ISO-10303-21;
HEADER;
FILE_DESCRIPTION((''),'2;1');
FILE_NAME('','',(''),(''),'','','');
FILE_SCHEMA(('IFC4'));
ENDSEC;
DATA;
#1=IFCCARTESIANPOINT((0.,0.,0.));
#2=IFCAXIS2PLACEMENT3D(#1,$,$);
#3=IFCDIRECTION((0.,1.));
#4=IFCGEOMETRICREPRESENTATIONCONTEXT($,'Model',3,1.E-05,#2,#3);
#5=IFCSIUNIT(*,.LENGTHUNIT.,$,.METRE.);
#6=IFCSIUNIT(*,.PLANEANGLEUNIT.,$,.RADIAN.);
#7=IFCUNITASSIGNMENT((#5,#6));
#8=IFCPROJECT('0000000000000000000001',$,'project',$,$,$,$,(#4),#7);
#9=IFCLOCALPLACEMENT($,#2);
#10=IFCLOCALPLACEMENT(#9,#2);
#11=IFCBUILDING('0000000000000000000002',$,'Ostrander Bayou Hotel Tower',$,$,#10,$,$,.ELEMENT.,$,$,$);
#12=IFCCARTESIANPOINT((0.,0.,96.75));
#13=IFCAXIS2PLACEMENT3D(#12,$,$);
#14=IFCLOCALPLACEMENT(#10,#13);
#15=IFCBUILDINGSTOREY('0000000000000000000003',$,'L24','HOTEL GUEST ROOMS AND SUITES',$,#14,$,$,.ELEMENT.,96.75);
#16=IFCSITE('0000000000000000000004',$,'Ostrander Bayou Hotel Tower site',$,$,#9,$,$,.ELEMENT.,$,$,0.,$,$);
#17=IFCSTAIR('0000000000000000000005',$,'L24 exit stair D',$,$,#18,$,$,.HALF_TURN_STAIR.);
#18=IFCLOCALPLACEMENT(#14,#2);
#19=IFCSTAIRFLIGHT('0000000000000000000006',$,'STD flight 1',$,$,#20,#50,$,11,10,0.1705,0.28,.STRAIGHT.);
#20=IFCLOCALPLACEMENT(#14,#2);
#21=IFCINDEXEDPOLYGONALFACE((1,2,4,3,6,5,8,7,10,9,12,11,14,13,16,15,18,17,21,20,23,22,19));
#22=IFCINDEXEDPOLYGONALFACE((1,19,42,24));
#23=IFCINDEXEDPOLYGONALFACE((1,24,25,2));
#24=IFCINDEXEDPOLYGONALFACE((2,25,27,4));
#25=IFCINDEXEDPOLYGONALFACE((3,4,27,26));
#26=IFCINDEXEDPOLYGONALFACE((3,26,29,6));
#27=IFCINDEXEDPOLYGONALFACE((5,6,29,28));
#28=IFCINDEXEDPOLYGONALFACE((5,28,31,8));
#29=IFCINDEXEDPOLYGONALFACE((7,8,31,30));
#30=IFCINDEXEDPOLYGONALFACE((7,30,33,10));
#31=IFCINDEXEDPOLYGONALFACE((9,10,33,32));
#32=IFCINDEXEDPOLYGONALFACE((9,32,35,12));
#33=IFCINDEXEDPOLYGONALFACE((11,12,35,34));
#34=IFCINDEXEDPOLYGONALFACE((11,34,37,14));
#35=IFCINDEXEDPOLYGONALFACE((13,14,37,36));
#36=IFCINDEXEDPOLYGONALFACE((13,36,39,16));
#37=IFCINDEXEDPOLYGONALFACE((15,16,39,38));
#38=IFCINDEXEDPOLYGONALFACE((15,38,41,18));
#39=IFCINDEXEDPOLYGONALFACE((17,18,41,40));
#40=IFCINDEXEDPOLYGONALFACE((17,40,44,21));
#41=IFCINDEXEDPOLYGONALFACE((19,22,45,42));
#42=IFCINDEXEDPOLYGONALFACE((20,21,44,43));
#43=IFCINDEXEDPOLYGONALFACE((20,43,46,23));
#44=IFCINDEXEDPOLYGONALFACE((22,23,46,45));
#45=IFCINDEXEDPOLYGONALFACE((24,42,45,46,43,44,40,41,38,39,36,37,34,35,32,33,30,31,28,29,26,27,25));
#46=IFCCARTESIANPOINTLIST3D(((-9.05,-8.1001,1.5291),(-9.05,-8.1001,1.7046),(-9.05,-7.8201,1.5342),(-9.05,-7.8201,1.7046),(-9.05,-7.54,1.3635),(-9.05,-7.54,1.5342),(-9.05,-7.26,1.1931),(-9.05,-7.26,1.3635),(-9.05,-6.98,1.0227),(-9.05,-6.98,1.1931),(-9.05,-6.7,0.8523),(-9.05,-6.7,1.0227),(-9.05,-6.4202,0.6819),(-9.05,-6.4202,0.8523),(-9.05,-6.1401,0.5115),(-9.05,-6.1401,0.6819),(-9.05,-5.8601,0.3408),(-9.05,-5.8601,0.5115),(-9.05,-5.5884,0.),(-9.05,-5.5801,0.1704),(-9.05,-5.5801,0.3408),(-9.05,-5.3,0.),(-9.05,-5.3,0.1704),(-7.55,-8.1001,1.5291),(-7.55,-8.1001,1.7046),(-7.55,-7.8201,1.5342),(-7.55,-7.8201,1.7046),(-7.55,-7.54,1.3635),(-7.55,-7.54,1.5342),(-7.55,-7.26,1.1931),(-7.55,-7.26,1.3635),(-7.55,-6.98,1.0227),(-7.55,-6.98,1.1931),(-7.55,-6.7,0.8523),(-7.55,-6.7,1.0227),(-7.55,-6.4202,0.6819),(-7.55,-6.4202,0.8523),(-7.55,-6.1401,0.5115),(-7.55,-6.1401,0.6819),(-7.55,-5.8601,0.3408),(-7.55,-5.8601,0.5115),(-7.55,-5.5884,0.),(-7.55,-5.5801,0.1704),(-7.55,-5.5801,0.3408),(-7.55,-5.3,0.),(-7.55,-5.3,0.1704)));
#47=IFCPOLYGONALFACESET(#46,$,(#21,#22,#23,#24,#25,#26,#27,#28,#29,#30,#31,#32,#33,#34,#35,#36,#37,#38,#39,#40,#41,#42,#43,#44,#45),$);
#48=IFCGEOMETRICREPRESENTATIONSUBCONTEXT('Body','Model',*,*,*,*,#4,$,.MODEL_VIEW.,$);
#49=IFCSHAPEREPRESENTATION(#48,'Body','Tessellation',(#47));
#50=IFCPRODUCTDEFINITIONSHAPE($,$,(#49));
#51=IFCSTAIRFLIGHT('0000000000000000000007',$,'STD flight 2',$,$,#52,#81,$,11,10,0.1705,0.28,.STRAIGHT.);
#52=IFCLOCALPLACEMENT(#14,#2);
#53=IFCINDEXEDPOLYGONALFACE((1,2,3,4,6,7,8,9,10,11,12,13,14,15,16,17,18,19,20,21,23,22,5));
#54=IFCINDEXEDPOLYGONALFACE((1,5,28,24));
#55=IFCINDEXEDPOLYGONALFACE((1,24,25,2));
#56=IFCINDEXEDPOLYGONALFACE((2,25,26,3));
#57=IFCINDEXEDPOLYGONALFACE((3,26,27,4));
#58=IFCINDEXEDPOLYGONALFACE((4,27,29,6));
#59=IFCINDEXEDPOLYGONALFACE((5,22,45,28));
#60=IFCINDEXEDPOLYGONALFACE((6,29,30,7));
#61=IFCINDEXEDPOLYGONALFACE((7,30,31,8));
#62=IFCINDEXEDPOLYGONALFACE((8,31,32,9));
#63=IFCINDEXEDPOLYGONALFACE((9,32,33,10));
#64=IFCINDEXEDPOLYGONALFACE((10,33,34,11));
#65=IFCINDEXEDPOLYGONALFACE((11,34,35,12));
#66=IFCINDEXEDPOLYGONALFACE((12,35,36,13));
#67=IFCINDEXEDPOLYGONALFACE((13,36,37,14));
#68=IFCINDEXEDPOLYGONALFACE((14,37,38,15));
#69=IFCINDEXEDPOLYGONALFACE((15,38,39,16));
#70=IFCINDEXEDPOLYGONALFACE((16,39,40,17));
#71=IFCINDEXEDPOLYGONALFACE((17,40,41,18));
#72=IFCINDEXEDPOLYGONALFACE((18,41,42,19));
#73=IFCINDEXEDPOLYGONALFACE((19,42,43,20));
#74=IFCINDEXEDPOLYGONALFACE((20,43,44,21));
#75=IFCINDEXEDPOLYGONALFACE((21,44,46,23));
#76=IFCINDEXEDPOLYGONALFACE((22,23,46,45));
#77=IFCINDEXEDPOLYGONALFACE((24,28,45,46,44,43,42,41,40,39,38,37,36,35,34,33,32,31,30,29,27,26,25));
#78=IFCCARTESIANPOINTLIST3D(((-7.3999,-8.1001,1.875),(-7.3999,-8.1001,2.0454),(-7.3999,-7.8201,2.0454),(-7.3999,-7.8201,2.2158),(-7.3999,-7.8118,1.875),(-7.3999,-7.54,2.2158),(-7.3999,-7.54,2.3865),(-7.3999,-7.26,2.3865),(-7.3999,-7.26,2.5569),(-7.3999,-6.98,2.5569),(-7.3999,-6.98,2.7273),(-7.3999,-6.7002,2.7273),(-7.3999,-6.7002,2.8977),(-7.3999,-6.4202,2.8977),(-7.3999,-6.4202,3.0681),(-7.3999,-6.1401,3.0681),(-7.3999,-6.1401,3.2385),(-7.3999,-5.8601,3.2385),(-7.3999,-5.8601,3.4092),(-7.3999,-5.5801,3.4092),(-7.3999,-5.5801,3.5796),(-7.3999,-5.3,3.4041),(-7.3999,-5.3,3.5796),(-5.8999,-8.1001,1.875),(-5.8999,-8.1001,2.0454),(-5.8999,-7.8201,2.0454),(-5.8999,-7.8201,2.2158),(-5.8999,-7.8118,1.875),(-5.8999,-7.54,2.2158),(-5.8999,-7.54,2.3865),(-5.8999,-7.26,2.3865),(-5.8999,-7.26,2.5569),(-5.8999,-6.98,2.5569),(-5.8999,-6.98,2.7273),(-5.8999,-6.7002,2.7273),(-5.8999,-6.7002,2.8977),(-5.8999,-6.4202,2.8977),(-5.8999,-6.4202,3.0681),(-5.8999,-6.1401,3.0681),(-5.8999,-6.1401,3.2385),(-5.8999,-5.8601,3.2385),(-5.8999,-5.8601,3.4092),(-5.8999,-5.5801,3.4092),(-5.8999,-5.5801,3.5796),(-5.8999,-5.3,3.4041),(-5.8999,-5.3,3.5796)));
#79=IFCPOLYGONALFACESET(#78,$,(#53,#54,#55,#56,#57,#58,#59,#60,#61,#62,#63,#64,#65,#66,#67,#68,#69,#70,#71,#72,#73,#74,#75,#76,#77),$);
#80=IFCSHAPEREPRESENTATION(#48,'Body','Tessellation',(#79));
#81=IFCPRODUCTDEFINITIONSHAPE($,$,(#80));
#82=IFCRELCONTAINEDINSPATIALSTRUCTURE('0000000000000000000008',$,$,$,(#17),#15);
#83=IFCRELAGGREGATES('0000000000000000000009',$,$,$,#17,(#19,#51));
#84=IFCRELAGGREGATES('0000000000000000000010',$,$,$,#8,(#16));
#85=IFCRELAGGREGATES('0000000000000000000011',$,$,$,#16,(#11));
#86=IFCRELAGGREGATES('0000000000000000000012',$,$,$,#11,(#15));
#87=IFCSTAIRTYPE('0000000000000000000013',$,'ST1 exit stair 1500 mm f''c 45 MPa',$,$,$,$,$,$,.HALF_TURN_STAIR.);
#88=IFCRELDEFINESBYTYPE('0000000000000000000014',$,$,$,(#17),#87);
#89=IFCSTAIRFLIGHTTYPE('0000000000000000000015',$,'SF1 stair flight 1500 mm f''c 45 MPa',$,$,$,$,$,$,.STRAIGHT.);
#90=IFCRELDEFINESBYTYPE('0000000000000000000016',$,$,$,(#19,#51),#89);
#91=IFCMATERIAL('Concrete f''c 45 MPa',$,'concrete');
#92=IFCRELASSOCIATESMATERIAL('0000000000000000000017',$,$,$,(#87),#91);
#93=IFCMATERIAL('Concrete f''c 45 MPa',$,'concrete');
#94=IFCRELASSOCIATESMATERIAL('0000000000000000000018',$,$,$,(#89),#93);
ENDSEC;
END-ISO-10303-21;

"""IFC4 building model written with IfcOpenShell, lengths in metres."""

from ifc_helpers import new_model, si_unit, direction, frame, origin, place, context, subcontext, project, spatial, polyline, outline, extrude, material, type_object, element, aggregate, save


model = new_model("IFC4")

# Units and contexts
model_context = context("Model", 3, precision=1e-05, world=origin(), true_north=direction((0.0, 1.0)))
body_context = subcontext(model_context, "Body", "Model", "MODEL_VIEW")
ifc_project = project(units=[si_unit("LENGTHUNIT", "METRE"), si_unit("PLANEANGLEUNIT", "RADIAN")], contexts=[model_context])

# Site, building, storey
site_placement = place(None, origin())
site = spatial("IfcSite", under=ifc_project, at=site_placement, Name="Ostrander Bayou Hotel Tower site", CompositionType="ELEMENT", RefElevation=0.0)
building_placement = place(site_placement, origin())
building = spatial("IfcBuilding", under=site, at=building_placement, Name="Ostrander Bayou Hotel Tower", CompositionType="ELEMENT")
storey_placement = place(building_placement, frame((0.0, 0.0, 96.75)))
storey = spatial("IfcBuildingStorey", under=building, at=storey_placement, Name="L24", Description="HOTEL GUEST ROOMS AND SUITES", CompositionType="ELEMENT", Elevation=96.75)

# Stair, stair flights
ifc_material_1 = material(Name="Concrete f'c 45 MPa", Category="concrete")
stair_type = type_object("IfcStairType", Name="ST1 exit stair 1500 mm f'c 45 MPa", PredefinedType="HALF_TURN_STAIR", material=ifc_material_1)
stair_placement = place(storey_placement, origin())
stair = element("IfcStair", 1, at=stair_placement, inside=storey, type_object=stair_type, Name="L24 exit stair D", PredefinedType="HALF_TURN_STAIR")
ifc_material_2 = material(Name="Concrete f'c 45 MPa", Category="concrete")
stair_flight_type = type_object("IfcStairFlightType", Name="SF1 stair flight 1500 mm f'c 45 MPa", PredefinedType="STRAIGHT", material=ifc_material_2)
stair_flight_1_placement = place(storey_placement, frame((-8.3, -5.3, 0.0), z_axis=(0.0, 0.0, 1.0), x_axis=(0.0, -1.0, 0.0)))
stair_flight_1 = element("IfcStairFlight", 2, at=stair_flight_1_placement, type_object=stair_flight_type, Name="STD flight 1", NumberOfRisers=11, NumberOfTreads=10, PredefinedType="STRAIGHT", RiserHeight=0.1705, TreadLength=0.28, context=body_context, shape_type="SweptSolid", body=[
    extrude(outline(polyline([(0.0, 0.0), (0.0, 0.1704), (0.28, 0.1704), (0.28, 0.3408), (0.5601, 0.3408), (0.5601, 0.5115), (0.8401, 0.5115), (0.8401, 0.6819), (1.1201, 0.6819), (1.1201, 0.8523), (1.3999, 0.8523), (1.3999, 1.0227), (1.6799, 1.0227), (1.6799, 1.1931), (1.96, 1.1931), (1.96, 1.3635), (2.24, 1.3635), (2.24, 1.5342), (2.52, 1.5342), (2.52, 1.7046), (2.8, 1.7046), (2.8, 1.875), (2.8, 1.5291), (0.2883, 0.0), (0.0, 0.0)])), frame((0.0, 0.75, 0.0), z_axis=(0.0, -1.0, 0.0), x_axis=(1.0, 0.0, 0.0)), (0.0, 0.0, 1.0), 1.5),
])
stair_flight_2_placement = place(storey_placement, frame((-6.6499, -8.1001, 1.875), z_axis=(0.0, 0.0, 1.0), x_axis=(0.0, 1.0, 0.0)))
stair_flight_2 = element("IfcStairFlight", 3, at=stair_flight_2_placement, type_object=stair_flight_type, Name="STD flight 2", NumberOfRisers=11, NumberOfTreads=10, PredefinedType="STRAIGHT", RiserHeight=0.1705, TreadLength=0.28, context=body_context, shape_type="SweptSolid", body=[
    extrude(outline(polyline([(0.0, 0.0), (0.0, 0.1704), (0.28, 0.1704), (0.28, 0.3408), (0.5601, 0.3408), (0.5601, 0.5115), (0.8401, 0.5115), (0.8401, 0.6819), (1.1201, 0.6819), (1.1201, 0.8523), (1.3999, 0.8523), (1.3999, 1.0227), (1.6799, 1.0227), (1.6799, 1.1931), (1.96, 1.1931), (1.96, 1.3635), (2.24, 1.3635), (2.24, 1.5342), (2.52, 1.5342), (2.52, 1.7046), (2.8, 1.7046), (2.8, 1.875), (2.8, 1.5291), (0.2883, 0.0), (0.0, 0.0)])), frame((0.0, 0.75, 0.0), z_axis=(0.0, -1.0, 0.0), x_axis=(1.0, 0.0, 0.0)), (0.0, 0.0, 1.0), 1.5),
])
aggregate(stair, [stair_flight_1, stair_flight_2])

save(model, "model.ifc")
